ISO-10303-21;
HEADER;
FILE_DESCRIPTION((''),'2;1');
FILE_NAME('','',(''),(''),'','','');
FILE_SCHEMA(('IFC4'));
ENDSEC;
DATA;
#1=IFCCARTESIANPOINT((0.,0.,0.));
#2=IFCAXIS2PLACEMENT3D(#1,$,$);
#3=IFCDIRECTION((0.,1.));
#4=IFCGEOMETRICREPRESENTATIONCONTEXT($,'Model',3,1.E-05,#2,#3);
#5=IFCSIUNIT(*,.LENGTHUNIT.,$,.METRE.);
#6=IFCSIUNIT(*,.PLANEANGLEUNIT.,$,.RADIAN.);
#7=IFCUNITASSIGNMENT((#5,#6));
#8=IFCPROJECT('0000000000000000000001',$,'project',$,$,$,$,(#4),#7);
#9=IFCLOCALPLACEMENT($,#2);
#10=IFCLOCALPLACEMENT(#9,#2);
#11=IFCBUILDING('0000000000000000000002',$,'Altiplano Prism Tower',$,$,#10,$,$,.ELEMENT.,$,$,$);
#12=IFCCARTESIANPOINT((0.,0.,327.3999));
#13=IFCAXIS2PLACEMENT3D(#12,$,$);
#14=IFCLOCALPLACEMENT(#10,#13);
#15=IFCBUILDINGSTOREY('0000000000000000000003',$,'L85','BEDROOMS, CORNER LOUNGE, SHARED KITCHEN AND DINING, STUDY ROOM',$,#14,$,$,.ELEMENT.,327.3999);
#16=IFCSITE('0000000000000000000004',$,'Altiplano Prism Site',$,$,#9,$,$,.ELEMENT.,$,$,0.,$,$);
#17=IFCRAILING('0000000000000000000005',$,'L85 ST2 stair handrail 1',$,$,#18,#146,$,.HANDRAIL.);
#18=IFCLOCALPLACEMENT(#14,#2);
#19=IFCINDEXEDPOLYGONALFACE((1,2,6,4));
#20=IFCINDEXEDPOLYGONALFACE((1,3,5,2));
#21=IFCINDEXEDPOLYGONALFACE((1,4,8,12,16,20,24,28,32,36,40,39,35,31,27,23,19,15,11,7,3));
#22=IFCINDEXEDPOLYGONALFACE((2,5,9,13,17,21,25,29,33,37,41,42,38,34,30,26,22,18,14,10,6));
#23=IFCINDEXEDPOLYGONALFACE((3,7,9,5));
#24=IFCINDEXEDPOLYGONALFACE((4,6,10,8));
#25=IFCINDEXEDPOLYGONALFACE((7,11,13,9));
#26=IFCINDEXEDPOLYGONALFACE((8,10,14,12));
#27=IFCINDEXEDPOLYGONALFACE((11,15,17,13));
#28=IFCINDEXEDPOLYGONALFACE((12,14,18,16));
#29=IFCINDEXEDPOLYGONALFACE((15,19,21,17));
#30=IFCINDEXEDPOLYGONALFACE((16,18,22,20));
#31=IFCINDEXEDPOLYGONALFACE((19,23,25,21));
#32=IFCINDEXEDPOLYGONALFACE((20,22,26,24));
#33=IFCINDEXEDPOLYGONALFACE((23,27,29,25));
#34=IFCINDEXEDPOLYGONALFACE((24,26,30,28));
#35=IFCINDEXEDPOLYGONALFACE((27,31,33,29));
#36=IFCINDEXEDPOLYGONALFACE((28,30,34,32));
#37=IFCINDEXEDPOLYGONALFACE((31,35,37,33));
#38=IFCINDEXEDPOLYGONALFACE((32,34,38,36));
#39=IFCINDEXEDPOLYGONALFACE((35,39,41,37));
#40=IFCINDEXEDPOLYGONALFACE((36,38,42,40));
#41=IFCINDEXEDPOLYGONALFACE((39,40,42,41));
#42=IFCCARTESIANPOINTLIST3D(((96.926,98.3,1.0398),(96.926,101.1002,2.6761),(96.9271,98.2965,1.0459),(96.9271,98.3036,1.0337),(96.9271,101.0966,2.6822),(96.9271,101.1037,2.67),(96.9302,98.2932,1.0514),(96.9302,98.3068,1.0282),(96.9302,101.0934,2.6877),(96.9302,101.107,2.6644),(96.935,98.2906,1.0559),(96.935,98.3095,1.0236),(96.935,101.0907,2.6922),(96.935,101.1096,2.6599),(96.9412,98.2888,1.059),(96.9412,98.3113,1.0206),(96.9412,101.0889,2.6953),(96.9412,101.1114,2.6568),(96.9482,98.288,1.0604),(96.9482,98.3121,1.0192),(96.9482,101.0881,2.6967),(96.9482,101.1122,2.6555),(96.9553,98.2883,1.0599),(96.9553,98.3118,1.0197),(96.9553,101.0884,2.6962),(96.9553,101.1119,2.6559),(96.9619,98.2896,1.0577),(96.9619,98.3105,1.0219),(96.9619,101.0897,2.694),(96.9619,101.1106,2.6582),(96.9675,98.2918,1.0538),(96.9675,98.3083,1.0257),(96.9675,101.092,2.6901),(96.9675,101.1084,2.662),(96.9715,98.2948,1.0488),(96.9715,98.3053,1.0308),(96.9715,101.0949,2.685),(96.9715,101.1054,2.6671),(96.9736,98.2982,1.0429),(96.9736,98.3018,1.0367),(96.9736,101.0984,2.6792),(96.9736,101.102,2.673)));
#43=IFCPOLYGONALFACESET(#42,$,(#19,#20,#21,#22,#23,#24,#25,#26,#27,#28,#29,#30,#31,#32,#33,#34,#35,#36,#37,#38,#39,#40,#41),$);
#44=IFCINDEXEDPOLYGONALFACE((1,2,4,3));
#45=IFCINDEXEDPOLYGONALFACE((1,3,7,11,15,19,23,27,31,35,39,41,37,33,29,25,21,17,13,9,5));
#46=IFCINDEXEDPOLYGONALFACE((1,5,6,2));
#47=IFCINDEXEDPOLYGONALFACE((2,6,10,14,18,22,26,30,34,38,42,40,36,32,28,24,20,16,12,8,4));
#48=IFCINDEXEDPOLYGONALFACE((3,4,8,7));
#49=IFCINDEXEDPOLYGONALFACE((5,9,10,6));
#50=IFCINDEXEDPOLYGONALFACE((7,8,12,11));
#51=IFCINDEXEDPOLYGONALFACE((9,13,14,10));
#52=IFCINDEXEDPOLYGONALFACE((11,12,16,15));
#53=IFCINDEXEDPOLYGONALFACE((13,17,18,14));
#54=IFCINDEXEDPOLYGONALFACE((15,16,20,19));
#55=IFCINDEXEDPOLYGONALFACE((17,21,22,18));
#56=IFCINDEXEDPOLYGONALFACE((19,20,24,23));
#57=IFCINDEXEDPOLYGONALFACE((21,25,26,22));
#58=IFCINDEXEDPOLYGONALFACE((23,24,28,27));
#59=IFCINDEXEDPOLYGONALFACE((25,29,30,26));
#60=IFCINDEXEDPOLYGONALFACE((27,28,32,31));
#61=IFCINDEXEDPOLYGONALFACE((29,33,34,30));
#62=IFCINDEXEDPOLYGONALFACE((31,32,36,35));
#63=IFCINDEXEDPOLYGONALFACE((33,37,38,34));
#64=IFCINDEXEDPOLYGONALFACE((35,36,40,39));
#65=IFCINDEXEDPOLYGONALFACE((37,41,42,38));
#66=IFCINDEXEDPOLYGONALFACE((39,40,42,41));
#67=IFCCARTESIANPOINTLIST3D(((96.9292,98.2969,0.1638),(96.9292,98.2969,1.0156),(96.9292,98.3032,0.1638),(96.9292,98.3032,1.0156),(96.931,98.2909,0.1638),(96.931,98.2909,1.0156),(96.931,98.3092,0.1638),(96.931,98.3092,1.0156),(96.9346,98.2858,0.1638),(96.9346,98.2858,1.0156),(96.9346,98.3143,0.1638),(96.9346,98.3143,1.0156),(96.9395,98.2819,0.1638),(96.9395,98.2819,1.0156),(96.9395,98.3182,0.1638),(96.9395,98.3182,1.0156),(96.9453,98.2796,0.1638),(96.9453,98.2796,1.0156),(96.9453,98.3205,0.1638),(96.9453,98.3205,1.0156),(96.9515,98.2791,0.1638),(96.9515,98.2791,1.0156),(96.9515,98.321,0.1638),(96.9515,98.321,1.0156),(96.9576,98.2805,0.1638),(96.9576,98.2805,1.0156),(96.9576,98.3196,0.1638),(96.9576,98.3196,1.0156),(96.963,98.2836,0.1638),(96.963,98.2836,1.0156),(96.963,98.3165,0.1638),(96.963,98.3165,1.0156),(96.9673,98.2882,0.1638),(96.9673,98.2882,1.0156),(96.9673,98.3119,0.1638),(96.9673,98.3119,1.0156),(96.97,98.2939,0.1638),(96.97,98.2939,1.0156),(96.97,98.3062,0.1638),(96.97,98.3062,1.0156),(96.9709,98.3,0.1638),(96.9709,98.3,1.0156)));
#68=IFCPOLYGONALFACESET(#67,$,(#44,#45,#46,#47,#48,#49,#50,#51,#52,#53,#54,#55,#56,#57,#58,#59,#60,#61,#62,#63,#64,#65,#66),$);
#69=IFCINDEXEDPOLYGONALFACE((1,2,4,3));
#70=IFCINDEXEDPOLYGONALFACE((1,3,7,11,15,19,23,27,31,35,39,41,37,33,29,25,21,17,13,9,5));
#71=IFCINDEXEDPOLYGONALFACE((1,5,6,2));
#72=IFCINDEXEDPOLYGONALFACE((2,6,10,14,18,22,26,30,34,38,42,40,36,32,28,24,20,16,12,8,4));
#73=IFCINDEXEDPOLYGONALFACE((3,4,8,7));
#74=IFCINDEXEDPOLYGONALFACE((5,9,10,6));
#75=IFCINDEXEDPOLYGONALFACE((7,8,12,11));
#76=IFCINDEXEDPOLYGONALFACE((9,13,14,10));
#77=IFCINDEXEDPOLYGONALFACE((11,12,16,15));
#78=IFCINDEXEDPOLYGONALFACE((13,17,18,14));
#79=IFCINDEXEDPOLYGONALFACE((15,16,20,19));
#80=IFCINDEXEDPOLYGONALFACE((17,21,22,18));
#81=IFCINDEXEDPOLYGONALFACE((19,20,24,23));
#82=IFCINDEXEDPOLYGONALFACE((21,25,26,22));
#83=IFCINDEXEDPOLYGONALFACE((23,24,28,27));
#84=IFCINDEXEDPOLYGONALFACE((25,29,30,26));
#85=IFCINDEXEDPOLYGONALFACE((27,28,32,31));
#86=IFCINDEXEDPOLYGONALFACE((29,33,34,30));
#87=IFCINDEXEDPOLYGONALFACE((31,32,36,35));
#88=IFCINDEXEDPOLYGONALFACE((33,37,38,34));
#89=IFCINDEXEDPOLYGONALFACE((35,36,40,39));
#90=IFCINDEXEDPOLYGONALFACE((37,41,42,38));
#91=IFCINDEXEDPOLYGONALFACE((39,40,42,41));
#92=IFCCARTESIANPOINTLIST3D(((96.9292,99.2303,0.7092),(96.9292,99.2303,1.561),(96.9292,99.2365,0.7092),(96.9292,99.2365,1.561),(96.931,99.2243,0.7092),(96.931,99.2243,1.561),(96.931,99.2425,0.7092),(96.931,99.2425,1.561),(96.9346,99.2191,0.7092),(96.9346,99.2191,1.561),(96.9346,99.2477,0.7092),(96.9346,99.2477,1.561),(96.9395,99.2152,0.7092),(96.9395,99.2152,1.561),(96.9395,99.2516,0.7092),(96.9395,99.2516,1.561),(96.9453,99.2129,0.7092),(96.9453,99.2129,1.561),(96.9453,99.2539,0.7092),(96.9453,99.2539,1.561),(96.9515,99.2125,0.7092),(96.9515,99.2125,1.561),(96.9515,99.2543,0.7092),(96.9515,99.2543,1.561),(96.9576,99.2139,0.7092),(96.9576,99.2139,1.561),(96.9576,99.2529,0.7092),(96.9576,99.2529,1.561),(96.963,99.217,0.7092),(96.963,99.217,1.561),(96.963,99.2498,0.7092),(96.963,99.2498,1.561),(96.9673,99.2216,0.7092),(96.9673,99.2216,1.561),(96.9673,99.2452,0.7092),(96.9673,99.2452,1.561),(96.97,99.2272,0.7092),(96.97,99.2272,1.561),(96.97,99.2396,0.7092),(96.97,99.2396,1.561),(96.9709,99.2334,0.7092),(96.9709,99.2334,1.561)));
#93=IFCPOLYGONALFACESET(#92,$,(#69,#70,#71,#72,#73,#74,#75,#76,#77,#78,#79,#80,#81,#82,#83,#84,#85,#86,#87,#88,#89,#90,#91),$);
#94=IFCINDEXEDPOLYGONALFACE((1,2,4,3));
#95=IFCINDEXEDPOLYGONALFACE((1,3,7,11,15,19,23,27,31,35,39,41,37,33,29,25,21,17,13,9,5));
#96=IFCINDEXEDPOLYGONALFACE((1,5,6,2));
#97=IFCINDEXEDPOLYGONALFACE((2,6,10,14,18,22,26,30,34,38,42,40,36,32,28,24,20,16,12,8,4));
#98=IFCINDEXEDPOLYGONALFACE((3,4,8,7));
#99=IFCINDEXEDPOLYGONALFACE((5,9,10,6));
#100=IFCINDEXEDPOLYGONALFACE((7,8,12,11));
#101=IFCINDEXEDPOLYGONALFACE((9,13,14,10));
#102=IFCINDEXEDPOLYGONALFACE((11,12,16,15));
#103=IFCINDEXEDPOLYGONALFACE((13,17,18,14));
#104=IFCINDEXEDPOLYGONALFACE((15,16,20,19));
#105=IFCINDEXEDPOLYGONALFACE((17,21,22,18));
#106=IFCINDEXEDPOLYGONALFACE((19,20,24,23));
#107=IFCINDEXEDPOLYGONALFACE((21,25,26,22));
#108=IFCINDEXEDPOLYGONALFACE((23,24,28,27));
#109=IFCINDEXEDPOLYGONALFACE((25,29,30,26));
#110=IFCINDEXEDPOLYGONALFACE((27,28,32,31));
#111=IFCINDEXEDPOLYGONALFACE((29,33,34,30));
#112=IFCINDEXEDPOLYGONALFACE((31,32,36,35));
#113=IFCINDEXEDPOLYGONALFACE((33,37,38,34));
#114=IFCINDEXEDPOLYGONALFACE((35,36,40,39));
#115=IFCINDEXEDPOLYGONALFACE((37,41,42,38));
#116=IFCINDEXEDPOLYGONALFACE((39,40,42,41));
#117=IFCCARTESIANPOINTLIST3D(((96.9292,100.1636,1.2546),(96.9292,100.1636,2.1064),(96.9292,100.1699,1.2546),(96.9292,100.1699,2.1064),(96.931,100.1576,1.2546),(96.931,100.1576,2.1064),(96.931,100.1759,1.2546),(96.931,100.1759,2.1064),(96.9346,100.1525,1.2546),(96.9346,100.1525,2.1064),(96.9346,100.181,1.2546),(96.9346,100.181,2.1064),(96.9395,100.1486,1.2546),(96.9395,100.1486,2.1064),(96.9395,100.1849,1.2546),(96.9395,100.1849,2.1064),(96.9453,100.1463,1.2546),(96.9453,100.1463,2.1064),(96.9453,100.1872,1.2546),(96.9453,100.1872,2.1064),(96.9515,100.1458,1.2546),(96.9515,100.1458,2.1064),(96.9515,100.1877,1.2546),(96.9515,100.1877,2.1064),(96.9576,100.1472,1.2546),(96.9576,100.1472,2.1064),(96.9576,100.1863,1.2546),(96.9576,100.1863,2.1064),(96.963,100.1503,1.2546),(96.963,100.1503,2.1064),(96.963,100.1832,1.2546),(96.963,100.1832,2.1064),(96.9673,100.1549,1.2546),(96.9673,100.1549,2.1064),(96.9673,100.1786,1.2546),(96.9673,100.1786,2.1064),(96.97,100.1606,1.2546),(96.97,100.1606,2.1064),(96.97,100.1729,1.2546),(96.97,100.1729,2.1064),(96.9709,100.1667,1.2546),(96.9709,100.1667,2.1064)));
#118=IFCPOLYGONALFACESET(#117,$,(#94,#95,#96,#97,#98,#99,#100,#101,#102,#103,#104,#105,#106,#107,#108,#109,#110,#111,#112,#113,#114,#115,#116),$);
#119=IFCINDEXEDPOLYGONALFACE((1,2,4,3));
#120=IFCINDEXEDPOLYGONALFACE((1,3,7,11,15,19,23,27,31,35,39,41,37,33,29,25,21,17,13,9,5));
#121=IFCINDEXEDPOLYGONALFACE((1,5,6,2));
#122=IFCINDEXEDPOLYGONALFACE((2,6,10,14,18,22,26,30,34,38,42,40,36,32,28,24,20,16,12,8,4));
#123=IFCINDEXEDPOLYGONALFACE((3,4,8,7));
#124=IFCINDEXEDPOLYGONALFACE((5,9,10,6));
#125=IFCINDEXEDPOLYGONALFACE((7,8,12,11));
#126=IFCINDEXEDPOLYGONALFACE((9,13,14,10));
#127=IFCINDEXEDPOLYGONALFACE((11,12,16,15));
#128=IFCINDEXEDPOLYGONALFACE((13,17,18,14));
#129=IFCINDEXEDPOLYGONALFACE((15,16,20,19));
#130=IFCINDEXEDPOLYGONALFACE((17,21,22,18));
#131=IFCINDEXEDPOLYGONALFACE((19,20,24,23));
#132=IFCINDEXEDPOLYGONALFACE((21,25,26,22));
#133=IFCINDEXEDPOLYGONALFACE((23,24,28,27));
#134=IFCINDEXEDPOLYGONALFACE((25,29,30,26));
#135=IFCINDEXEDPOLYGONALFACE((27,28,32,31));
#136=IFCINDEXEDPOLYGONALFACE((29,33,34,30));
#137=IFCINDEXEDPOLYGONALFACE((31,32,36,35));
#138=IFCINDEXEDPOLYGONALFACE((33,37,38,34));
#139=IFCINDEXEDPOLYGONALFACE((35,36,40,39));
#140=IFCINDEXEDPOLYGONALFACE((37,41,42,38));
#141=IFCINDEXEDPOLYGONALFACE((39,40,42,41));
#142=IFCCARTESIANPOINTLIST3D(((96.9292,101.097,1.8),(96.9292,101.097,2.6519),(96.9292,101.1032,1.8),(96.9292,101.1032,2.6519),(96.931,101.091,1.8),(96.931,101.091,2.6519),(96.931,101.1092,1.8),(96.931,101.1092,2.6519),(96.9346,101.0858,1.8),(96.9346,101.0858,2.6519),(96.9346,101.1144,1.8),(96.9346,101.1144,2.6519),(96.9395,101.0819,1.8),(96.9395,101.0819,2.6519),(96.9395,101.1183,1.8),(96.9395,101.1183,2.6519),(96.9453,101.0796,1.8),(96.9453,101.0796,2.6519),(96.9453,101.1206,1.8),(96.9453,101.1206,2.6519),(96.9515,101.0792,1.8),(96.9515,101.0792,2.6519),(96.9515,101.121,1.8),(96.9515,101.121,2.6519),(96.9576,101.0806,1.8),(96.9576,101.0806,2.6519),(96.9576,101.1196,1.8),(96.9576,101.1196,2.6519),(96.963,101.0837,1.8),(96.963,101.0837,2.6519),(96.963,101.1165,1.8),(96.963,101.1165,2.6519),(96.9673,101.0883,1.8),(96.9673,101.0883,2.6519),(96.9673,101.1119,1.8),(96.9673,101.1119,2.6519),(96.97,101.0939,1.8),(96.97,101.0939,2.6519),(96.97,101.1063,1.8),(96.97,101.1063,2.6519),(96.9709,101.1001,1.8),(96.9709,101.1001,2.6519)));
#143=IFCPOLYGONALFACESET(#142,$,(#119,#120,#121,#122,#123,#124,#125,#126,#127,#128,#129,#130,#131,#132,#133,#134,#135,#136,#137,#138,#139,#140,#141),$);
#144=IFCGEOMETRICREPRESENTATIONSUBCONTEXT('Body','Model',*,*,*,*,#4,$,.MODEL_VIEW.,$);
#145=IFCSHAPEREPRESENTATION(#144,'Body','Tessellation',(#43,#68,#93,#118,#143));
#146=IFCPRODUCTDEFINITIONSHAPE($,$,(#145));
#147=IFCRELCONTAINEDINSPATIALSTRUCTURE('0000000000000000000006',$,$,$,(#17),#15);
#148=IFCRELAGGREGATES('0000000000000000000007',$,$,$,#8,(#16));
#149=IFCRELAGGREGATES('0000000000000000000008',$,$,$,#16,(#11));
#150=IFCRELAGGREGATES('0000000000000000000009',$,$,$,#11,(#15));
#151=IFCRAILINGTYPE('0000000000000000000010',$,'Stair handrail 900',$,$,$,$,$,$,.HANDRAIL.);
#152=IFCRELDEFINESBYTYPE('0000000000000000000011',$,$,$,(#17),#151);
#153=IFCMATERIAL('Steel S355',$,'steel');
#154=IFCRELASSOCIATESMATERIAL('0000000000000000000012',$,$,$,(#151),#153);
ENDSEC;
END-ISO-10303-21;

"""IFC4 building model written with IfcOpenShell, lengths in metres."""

from ifc_helpers import new_model, si_unit, direction, frame, origin, origin_2d, place, context, subcontext, project, spatial, circle, extrude, material, type_object, element, save


model = new_model("IFC4")

# Units and contexts
model_context = context("Model", 3, precision=1e-05, world=origin(), true_north=direction((0.0, 1.0)))
body_context = subcontext(model_context, "Body", "Model", "MODEL_VIEW")
ifc_project = project(units=[si_unit("LENGTHUNIT", "METRE"), si_unit("PLANEANGLEUNIT", "RADIAN")], contexts=[model_context])

# Site, building, storey
site_placement = place(None, origin())
site = spatial("IfcSite", under=ifc_project, at=site_placement, Name="Altiplano Prism Site", CompositionType="ELEMENT", RefElevation=0.0)
building_placement = place(site_placement, origin())
building = spatial("IfcBuilding", under=site, at=building_placement, Name="Altiplano Prism Tower", CompositionType="ELEMENT")
storey_placement = place(building_placement, frame((0.0, 0.0, 327.3999)))
storey = spatial("IfcBuildingStorey", under=building, at=storey_placement, Name="L85", Description="BEDROOMS, CORNER LOUNGE, SHARED KITCHEN AND DINING, STUDY ROOM", CompositionType="ELEMENT", Elevation=327.3999)

# Railing
ifc_material_1 = material(Name="Steel S355", Category="steel")
railing_type_1 = type_object("IfcRailingType", Name="Stair handrail 900", PredefinedType="HANDRAIL", material=ifc_material_1)
railing_1_placement = place(storey_placement, frame((96.95, 98.3, 0.1638)))
element("IfcRailing", 1, at=railing_1_placement, inside=storey, type_object=railing_type_1, Name="L85 ST2 stair handrail 1", PredefinedType="HANDRAIL", context=body_context, shape_type="SweptSolid", body=[
    extrude(circle(Radius=0.0239, at=origin_2d()), frame((0.0, 0.0, 0.876), z_axis=(0.0, 0.863394, 0.504531), x_axis=(-1.0, 0.0, 0.0)), (0.0, 0.0, 1.0), 3.2432),
    extrude(circle(Radius=0.021, at=origin_2d()), origin(), (0.0, 0.0, 1.0), 0.8518),
    extrude(circle(Radius=0.021, at=origin_2d()), frame((0.0, 0.9333, 0.5454)), (0.0, 0.0, 1.0), 0.8518),
    extrude(circle(Radius=0.021, at=origin_2d()), frame((0.0, 1.8667, 1.0908)), (0.0, 0.0, 1.0), 0.8518),
    extrude(circle(Radius=0.021, at=origin_2d()), frame((0.0, 2.8, 1.6362)), (0.0, 0.0, 1.0), 0.8518),
])

save(model, "model.ifc")
